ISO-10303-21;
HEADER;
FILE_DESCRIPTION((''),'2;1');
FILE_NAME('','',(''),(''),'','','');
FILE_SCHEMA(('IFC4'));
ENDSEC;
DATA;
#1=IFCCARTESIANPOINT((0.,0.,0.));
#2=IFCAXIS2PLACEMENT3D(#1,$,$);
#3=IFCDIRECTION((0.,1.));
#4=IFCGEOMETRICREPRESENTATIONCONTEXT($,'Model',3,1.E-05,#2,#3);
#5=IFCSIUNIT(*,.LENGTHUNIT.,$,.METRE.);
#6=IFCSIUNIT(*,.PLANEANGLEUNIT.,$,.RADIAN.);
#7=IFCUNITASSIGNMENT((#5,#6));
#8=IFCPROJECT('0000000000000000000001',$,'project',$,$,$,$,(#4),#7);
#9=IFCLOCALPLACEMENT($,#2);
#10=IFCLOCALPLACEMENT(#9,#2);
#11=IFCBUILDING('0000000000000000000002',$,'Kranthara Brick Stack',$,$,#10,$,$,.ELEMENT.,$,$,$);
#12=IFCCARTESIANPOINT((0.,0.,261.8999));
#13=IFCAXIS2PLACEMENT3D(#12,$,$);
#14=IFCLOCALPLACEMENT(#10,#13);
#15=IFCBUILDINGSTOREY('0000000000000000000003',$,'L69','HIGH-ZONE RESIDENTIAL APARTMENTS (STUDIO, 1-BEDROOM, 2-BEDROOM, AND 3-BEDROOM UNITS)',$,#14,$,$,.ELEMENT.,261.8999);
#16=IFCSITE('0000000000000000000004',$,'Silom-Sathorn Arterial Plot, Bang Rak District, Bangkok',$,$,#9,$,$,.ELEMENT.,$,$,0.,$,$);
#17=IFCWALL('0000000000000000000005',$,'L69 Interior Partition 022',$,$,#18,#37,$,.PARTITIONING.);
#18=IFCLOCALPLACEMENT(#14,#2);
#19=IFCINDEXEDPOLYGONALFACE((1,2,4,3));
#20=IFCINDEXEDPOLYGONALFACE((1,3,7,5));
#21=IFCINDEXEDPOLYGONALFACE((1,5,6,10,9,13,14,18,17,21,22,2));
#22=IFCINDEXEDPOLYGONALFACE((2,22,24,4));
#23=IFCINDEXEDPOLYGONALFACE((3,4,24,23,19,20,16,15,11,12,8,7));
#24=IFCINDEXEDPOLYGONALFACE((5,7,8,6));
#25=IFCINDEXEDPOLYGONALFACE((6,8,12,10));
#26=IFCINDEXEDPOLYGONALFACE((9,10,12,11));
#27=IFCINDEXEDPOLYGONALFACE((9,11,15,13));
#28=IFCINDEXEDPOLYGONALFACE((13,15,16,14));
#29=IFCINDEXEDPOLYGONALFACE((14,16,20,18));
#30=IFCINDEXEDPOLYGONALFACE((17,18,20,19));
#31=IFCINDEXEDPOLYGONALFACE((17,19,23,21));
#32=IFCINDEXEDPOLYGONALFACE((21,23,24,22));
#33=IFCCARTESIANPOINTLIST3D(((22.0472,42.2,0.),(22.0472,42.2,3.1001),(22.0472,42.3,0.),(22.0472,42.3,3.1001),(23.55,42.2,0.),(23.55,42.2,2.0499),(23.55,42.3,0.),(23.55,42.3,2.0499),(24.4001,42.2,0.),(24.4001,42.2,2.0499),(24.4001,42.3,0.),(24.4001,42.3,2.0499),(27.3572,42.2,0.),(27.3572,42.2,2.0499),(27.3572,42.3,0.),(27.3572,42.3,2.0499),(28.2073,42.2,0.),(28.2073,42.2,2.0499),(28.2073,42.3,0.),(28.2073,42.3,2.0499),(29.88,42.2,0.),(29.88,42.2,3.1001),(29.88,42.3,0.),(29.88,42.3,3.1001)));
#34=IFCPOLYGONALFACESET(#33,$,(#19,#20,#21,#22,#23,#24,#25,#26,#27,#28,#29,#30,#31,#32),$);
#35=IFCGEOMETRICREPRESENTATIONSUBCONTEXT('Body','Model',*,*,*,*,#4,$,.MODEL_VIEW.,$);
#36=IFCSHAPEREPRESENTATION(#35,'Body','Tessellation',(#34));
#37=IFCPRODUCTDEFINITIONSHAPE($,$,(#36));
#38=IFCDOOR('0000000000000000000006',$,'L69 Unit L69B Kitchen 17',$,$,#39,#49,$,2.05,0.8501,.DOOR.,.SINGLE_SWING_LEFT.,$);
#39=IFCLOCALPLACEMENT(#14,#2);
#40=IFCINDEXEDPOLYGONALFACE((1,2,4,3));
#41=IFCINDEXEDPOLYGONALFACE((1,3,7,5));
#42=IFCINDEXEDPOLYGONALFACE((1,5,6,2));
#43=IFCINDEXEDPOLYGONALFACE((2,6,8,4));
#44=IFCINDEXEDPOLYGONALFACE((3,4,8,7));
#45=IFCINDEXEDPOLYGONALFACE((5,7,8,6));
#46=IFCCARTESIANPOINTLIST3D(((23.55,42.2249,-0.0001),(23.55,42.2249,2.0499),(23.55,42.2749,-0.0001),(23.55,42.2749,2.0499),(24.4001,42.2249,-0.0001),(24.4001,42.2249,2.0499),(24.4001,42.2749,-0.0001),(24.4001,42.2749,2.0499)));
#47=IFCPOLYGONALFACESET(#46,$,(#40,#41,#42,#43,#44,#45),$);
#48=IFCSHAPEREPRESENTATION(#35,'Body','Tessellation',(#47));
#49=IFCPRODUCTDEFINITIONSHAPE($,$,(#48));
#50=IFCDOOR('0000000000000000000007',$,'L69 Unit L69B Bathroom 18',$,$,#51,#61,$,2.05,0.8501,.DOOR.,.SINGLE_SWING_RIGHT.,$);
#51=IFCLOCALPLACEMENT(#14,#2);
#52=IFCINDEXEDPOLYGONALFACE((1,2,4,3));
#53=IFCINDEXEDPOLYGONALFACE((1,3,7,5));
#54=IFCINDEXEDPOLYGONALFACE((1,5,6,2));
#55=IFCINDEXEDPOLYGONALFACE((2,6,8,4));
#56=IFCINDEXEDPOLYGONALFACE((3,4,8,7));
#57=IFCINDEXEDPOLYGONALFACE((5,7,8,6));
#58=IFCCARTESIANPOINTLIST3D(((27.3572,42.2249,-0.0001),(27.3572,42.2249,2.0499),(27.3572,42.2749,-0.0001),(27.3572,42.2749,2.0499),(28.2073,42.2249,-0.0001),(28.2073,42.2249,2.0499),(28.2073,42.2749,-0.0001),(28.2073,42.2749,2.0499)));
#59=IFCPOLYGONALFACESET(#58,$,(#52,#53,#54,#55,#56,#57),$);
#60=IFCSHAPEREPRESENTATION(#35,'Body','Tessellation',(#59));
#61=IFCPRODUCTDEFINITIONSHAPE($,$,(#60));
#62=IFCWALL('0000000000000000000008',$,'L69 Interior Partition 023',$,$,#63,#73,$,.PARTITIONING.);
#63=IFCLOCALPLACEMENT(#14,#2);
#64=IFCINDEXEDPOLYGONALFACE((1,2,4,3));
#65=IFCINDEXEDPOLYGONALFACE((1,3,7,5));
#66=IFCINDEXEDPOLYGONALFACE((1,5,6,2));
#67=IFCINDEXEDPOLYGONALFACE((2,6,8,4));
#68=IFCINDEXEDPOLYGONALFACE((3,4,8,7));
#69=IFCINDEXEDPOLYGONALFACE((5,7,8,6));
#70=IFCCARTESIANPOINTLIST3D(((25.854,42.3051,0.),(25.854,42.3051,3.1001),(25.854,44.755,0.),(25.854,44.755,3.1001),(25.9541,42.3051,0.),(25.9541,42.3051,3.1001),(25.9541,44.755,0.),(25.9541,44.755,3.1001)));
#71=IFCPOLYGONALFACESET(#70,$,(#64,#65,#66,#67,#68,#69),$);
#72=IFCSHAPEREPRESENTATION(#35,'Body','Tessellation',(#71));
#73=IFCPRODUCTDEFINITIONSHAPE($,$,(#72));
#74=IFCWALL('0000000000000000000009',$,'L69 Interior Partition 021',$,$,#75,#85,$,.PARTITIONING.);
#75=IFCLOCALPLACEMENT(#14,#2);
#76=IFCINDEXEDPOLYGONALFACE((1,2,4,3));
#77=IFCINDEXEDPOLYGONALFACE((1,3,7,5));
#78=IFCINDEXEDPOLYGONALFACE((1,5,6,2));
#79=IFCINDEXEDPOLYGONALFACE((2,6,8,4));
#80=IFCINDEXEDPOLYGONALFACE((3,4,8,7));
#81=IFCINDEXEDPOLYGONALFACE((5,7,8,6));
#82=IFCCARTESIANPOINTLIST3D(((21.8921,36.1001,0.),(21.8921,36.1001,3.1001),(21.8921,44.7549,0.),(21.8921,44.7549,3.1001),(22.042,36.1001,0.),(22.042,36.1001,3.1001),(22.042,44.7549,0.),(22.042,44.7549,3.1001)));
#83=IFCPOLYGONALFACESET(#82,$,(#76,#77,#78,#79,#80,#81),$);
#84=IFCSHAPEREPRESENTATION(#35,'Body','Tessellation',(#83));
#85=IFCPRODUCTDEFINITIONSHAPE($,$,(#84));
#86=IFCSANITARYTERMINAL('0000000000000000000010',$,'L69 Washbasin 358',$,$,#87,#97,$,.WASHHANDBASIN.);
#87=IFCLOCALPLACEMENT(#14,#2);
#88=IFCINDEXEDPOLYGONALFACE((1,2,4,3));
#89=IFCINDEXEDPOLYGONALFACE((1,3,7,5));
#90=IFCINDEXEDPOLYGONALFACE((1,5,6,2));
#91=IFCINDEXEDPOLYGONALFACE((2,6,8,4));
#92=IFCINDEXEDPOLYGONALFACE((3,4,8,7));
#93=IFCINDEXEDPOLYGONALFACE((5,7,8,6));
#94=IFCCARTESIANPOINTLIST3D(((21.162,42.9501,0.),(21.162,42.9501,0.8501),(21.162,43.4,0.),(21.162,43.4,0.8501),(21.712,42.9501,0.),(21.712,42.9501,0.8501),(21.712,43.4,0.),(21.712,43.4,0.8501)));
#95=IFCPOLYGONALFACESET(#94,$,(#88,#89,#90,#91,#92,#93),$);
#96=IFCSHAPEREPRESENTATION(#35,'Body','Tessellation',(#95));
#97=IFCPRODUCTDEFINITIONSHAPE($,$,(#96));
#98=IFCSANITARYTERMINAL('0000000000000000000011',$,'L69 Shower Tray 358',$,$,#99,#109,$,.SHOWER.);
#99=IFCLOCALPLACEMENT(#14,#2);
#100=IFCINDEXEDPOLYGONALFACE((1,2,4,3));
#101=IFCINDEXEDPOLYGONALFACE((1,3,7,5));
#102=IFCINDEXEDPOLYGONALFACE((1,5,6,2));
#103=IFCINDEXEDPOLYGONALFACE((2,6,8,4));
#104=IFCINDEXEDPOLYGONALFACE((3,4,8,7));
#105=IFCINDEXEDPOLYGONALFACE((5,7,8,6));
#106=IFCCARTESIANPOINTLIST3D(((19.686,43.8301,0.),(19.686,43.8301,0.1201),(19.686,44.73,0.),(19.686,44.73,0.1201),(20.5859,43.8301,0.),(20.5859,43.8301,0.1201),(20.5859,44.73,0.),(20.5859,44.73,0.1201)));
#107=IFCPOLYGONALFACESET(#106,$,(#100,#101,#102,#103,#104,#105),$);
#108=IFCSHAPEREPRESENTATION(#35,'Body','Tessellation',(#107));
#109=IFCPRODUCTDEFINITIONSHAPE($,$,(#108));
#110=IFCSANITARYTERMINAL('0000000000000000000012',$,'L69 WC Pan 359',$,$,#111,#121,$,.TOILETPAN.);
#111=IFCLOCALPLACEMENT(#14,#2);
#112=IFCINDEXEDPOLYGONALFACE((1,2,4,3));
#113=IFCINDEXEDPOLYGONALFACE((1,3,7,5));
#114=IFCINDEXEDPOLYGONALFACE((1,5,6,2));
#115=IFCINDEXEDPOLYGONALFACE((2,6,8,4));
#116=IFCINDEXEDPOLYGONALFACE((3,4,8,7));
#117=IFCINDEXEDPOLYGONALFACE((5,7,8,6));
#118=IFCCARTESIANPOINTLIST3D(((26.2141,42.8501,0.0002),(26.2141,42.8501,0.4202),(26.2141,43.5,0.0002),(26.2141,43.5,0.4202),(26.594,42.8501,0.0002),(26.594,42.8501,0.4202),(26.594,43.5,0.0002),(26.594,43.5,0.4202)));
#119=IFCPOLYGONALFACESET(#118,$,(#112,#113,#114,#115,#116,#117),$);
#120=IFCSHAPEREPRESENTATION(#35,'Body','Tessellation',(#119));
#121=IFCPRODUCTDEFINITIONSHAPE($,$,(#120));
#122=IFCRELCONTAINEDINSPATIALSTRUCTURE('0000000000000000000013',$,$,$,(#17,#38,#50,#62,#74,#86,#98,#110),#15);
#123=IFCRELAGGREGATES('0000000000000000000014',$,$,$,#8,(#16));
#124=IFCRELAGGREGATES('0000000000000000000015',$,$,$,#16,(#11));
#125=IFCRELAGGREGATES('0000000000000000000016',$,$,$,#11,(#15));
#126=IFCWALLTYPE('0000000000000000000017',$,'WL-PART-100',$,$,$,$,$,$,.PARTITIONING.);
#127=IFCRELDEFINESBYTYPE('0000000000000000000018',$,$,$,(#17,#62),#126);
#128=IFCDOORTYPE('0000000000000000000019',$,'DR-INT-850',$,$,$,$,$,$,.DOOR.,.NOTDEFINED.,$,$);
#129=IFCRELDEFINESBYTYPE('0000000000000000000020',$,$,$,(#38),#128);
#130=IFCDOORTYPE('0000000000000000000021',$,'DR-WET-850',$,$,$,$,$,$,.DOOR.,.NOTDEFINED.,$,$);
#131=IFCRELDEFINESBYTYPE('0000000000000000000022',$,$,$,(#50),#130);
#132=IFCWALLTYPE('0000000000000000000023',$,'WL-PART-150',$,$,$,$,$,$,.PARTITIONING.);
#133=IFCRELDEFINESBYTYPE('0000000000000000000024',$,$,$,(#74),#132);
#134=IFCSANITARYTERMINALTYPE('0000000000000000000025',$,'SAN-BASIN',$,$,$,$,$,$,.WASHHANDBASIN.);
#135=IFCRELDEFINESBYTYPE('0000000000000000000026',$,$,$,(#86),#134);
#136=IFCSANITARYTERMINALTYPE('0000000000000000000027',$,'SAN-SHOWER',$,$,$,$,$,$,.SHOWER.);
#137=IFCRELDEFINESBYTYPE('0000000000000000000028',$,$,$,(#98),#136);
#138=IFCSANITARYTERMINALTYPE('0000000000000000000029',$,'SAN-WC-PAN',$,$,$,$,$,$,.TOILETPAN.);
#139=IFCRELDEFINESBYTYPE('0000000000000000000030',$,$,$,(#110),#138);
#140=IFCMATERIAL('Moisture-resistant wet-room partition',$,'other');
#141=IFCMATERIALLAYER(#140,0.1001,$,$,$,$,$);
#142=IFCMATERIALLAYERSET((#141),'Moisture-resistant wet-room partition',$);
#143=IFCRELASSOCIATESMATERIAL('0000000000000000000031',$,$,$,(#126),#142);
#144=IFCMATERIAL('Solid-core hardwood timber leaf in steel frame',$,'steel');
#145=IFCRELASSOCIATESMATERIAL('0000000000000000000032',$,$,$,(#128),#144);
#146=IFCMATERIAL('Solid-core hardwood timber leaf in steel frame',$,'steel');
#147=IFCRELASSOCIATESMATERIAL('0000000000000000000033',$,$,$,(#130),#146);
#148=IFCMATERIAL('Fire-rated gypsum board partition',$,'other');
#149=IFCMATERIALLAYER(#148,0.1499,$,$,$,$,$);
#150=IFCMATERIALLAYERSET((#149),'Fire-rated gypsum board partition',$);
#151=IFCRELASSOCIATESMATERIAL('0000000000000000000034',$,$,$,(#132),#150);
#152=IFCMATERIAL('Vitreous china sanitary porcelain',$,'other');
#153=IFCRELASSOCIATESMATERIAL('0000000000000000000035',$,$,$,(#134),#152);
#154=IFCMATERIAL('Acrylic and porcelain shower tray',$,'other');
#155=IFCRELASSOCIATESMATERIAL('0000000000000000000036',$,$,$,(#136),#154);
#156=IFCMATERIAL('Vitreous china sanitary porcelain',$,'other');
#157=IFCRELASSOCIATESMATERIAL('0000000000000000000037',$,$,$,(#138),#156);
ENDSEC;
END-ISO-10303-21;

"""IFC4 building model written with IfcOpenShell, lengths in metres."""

from ifc_helpers import new_model, si_unit, direction, frame, frame_2d, origin, origin_2d, place, context, subcontext, project, spatial, rectangle, extrude, material, layer, layer_set, type_object, element, fill, save


model = new_model("IFC4")

# Units and contexts
model_context = context("Model", 3, precision=1e-05, world=origin(), true_north=direction((0.0, 1.0)))
body_context = subcontext(model_context, "Body", "Model", "MODEL_VIEW")
ifc_project = project(units=[si_unit("LENGTHUNIT", "METRE"), si_unit("PLANEANGLEUNIT", "RADIAN")], contexts=[model_context])

# Site, building, storey
site_placement = place(None, origin())
site = spatial("IfcSite", under=ifc_project, at=site_placement, Name="Silom-Sathorn Arterial Plot, Bang Rak District, Bangkok", CompositionType="ELEMENT", RefElevation=0.0)
building_placement = place(site_placement, origin())
building = spatial("IfcBuilding", under=site, at=building_placement, Name="Kranthara Brick Stack", CompositionType="ELEMENT")
storey_placement = place(building_placement, frame((0.0, 0.0, 261.8999)))
storey = spatial("IfcBuildingStorey", under=building, at=storey_placement, Name="L69", Description="HIGH-ZONE RESIDENTIAL APARTMENTS (STUDIO, 1-BEDROOM, 2-BEDROOM, AND 3-BEDROOM UNITS)", CompositionType="ELEMENT", Elevation=261.8999)

# Wall, openings, doors
ifc_material_1 = material(Name="Moisture-resistant wet-room partition", Category="other")
ifc_layer_1 = layer(ifc_material_1, 0.1001)
ifc_layer_set_1 = layer_set([ifc_layer_1], Name="Moisture-resistant wet-room partition")
wall_type_1 = type_object("IfcWallType", Name="WL-PART-100", PredefinedType="PARTITIONING", material=ifc_layer_set_1)
wall_1_placement = place(storey_placement, frame((22.0471, 42.25, 0.0), z_axis=(0.0, 0.0, 1.0), x_axis=(1.0, 0.0, 0.0)))
wall_1 = element("IfcWall", 1, at=wall_1_placement, inside=storey, type_object=wall_type_1, Name="L69 Interior Partition 022", PredefinedType="PARTITIONING", context=body_context, shape_type="SweptSolid", body=[
    extrude(rectangle(XDim=7.8328, YDim=0.1001, at=frame_2d((3.9165, 0.0))), origin(), (0.0, 0.0, 1.0), 3.1001),
])
opening_1_placement = place(wall_1_placement, frame((1.5029, 0.0, 0.0)))
opening_1 = element("IfcOpeningElement", 2, at=opening_1_placement, cuts=wall_1, PredefinedType="OPENING", context=body_context, shape_type="SweptSolid", body=[
    extrude(rectangle(XDim=0.8501, YDim=2.05, at=frame_2d((0.425, 1.0249))), frame((0.0, 0.0601, 0.0), z_axis=(0.0, -1.0, 0.0), x_axis=(1.0, 0.0, 0.0)), (0.0, 0.0, 1.0), 0.1201),
])
opening_2_placement = place(wall_1_placement, frame((5.3101, 0.0, 0.0)))
opening_2 = element("IfcOpeningElement", 3, at=opening_2_placement, cuts=wall_1, PredefinedType="OPENING", context=body_context, shape_type="SweptSolid", body=[
    extrude(rectangle(XDim=0.8501, YDim=2.05, at=frame_2d((0.425, 1.0249))), frame((0.0, 0.0601, 0.0), z_axis=(0.0, -1.0, 0.0), x_axis=(1.0, 0.0, 0.0)), (0.0, 0.0, 1.0), 0.1201),
])
ifc_material_2 = material(Name="Solid-core hardwood timber leaf in steel frame", Category="steel")
door_type_1 = type_object("IfcDoorType", Name="DR-INT-850", OperationType="NOTDEFINED", PredefinedType="DOOR", material=ifc_material_2)
door_1_placement = place(opening_1_placement, origin())
door_1 = element("IfcDoor", 4, at=door_1_placement, inside=storey, type_object=door_type_1, Name="L69 Unit L69B Kitchen 17", OperationType="SINGLE_SWING_LEFT", OverallHeight=2.05, OverallWidth=0.8501, PredefinedType="DOOR", context=body_context, shape_type="SweptSolid", body=[
    extrude(rectangle(XDim=0.8501, YDim=2.05, at=frame_2d((0.425, 1.0249))), frame((0.0, 0.0249, 0.0), z_axis=(0.0, -1.0, 0.0), x_axis=(1.0, 0.0, 0.0)), (0.0, 0.0, 1.0), 0.05),
])
fill(opening_1, door_1)
ifc_material_3 = material(Name="Solid-core hardwood timber leaf in steel frame", Category="steel")
door_type_2 = type_object("IfcDoorType", Name="DR-WET-850", OperationType="NOTDEFINED", PredefinedType="DOOR", material=ifc_material_3)
door_2_placement = place(opening_2_placement, origin())
door_2 = element("IfcDoor", 5, at=door_2_placement, inside=storey, type_object=door_type_2, Name="L69 Unit L69B Bathroom 18", OperationType="SINGLE_SWING_RIGHT", OverallHeight=2.05, OverallWidth=0.8501, PredefinedType="DOOR", context=body_context, shape_type="SweptSolid", body=[
    extrude(rectangle(XDim=0.8501, YDim=2.05, at=frame_2d((0.425, 1.0249))), frame((0.0, 0.0249, 0.0), z_axis=(0.0, -1.0, 0.0), x_axis=(1.0, 0.0, 0.0)), (0.0, 0.0, 1.0), 0.05),
])
fill(opening_2, door_2)

# Walls
wall_2_placement = place(storey_placement, frame((25.9041, 42.3049, 0.0), z_axis=(0.0, 0.0, 1.0), x_axis=(0.0, 1.0, 0.0)))
element("IfcWall", 6, at=wall_2_placement, inside=storey, type_object=wall_type_1, Name="L69 Interior Partition 023", PredefinedType="PARTITIONING", context=body_context, shape_type="SweptSolid", body=[
    extrude(rectangle(XDim=2.45, YDim=0.1001, at=frame_2d((1.2251, 0.0))), origin(), (0.0, 0.0, 1.0), 3.1001),
])
ifc_material_4 = material(Name="Fire-rated gypsum board partition", Category="other")
ifc_layer_2 = layer(ifc_material_4, 0.1499)
ifc_layer_set_2 = layer_set([ifc_layer_2], Name="Fire-rated gypsum board partition")
wall_type_2 = type_object("IfcWallType", Name="WL-PART-150", PredefinedType="PARTITIONING", material=ifc_layer_set_2)
wall_3_placement = place(storey_placement, frame((21.967, 36.1001, 0.0), z_axis=(0.0, 0.0, 1.0), x_axis=(0.0, 1.0, 0.0)))
element("IfcWall", 7, at=wall_3_placement, inside=storey, type_object=wall_type_2, Name="L69 Interior Partition 021", PredefinedType="PARTITIONING", context=body_context, shape_type="SweptSolid", body=[
    extrude(rectangle(XDim=8.6548, YDim=0.1499, at=frame_2d((4.3274, 0.0))), origin(), (0.0, 0.0, 1.0), 3.1001),
])

# Sanitary terminals
ifc_material_5 = material(Name="Vitreous china sanitary porcelain", Category="other")
sanitary_terminal_type_1 = type_object("IfcSanitaryTerminalType", Name="SAN-BASIN", PredefinedType="WASHHANDBASIN", material=ifc_material_5)
sanitary_terminal_1_placement = place(storey_placement, frame((21.437, 43.175, 0.0), z_axis=(0.0, 0.0, 1.0), x_axis=(1.0, 0.0, 0.0)))
element("IfcSanitaryTerminal", 8, at=sanitary_terminal_1_placement, inside=storey, type_object=sanitary_terminal_type_1, Name="L69 Washbasin 358", PredefinedType="WASHHANDBASIN", context=body_context, shape_type="SweptSolid", body=[
    extrude(rectangle(XDim=0.55, YDim=0.45, at=origin_2d()), origin(), (0.0, 0.0, 1.0), 0.8501),
])
ifc_material_6 = material(Name="Acrylic and porcelain shower tray", Category="other")
sanitary_terminal_type_2 = type_object("IfcSanitaryTerminalType", Name="SAN-SHOWER", PredefinedType="SHOWER", material=ifc_material_6)
sanitary_terminal_2_placement = place(storey_placement, frame((20.136, 44.28, 0.0), z_axis=(0.0, 0.0, 1.0), x_axis=(1.0, 0.0, 0.0)))
element("IfcSanitaryTerminal", 9, at=sanitary_terminal_2_placement, inside=storey, type_object=sanitary_terminal_type_2, Name="L69 Shower Tray 358", PredefinedType="SHOWER", context=body_context, shape_type="SweptSolid", body=[
    extrude(rectangle(XDim=0.8999, YDim=0.8999, at=origin_2d()), origin(), (0.0, 0.0, 1.0), 0.1201),
])
ifc_material_7 = material(Name="Vitreous china sanitary porcelain", Category="other")
sanitary_terminal_type_3 = type_object("IfcSanitaryTerminalType", Name="SAN-WC-PAN", PredefinedType="TOILETPAN", material=ifc_material_7)
sanitary_terminal_3_placement = place(storey_placement, frame((26.4041, 43.175, 0.0002), z_axis=(0.0, 0.0, 1.0), x_axis=(1.0, 0.0, 0.0)))
element("IfcSanitaryTerminal", 10, at=sanitary_terminal_3_placement, inside=storey, type_object=sanitary_terminal_type_3, Name="L69 WC Pan 359", PredefinedType="TOILETPAN", context=body_context, shape_type="SweptSolid", body=[
    extrude(rectangle(XDim=0.3799, YDim=0.6499, at=origin_2d()), origin(), (0.0, 0.0, 1.0), 0.4199),
])

save(model, "model.ifc")
